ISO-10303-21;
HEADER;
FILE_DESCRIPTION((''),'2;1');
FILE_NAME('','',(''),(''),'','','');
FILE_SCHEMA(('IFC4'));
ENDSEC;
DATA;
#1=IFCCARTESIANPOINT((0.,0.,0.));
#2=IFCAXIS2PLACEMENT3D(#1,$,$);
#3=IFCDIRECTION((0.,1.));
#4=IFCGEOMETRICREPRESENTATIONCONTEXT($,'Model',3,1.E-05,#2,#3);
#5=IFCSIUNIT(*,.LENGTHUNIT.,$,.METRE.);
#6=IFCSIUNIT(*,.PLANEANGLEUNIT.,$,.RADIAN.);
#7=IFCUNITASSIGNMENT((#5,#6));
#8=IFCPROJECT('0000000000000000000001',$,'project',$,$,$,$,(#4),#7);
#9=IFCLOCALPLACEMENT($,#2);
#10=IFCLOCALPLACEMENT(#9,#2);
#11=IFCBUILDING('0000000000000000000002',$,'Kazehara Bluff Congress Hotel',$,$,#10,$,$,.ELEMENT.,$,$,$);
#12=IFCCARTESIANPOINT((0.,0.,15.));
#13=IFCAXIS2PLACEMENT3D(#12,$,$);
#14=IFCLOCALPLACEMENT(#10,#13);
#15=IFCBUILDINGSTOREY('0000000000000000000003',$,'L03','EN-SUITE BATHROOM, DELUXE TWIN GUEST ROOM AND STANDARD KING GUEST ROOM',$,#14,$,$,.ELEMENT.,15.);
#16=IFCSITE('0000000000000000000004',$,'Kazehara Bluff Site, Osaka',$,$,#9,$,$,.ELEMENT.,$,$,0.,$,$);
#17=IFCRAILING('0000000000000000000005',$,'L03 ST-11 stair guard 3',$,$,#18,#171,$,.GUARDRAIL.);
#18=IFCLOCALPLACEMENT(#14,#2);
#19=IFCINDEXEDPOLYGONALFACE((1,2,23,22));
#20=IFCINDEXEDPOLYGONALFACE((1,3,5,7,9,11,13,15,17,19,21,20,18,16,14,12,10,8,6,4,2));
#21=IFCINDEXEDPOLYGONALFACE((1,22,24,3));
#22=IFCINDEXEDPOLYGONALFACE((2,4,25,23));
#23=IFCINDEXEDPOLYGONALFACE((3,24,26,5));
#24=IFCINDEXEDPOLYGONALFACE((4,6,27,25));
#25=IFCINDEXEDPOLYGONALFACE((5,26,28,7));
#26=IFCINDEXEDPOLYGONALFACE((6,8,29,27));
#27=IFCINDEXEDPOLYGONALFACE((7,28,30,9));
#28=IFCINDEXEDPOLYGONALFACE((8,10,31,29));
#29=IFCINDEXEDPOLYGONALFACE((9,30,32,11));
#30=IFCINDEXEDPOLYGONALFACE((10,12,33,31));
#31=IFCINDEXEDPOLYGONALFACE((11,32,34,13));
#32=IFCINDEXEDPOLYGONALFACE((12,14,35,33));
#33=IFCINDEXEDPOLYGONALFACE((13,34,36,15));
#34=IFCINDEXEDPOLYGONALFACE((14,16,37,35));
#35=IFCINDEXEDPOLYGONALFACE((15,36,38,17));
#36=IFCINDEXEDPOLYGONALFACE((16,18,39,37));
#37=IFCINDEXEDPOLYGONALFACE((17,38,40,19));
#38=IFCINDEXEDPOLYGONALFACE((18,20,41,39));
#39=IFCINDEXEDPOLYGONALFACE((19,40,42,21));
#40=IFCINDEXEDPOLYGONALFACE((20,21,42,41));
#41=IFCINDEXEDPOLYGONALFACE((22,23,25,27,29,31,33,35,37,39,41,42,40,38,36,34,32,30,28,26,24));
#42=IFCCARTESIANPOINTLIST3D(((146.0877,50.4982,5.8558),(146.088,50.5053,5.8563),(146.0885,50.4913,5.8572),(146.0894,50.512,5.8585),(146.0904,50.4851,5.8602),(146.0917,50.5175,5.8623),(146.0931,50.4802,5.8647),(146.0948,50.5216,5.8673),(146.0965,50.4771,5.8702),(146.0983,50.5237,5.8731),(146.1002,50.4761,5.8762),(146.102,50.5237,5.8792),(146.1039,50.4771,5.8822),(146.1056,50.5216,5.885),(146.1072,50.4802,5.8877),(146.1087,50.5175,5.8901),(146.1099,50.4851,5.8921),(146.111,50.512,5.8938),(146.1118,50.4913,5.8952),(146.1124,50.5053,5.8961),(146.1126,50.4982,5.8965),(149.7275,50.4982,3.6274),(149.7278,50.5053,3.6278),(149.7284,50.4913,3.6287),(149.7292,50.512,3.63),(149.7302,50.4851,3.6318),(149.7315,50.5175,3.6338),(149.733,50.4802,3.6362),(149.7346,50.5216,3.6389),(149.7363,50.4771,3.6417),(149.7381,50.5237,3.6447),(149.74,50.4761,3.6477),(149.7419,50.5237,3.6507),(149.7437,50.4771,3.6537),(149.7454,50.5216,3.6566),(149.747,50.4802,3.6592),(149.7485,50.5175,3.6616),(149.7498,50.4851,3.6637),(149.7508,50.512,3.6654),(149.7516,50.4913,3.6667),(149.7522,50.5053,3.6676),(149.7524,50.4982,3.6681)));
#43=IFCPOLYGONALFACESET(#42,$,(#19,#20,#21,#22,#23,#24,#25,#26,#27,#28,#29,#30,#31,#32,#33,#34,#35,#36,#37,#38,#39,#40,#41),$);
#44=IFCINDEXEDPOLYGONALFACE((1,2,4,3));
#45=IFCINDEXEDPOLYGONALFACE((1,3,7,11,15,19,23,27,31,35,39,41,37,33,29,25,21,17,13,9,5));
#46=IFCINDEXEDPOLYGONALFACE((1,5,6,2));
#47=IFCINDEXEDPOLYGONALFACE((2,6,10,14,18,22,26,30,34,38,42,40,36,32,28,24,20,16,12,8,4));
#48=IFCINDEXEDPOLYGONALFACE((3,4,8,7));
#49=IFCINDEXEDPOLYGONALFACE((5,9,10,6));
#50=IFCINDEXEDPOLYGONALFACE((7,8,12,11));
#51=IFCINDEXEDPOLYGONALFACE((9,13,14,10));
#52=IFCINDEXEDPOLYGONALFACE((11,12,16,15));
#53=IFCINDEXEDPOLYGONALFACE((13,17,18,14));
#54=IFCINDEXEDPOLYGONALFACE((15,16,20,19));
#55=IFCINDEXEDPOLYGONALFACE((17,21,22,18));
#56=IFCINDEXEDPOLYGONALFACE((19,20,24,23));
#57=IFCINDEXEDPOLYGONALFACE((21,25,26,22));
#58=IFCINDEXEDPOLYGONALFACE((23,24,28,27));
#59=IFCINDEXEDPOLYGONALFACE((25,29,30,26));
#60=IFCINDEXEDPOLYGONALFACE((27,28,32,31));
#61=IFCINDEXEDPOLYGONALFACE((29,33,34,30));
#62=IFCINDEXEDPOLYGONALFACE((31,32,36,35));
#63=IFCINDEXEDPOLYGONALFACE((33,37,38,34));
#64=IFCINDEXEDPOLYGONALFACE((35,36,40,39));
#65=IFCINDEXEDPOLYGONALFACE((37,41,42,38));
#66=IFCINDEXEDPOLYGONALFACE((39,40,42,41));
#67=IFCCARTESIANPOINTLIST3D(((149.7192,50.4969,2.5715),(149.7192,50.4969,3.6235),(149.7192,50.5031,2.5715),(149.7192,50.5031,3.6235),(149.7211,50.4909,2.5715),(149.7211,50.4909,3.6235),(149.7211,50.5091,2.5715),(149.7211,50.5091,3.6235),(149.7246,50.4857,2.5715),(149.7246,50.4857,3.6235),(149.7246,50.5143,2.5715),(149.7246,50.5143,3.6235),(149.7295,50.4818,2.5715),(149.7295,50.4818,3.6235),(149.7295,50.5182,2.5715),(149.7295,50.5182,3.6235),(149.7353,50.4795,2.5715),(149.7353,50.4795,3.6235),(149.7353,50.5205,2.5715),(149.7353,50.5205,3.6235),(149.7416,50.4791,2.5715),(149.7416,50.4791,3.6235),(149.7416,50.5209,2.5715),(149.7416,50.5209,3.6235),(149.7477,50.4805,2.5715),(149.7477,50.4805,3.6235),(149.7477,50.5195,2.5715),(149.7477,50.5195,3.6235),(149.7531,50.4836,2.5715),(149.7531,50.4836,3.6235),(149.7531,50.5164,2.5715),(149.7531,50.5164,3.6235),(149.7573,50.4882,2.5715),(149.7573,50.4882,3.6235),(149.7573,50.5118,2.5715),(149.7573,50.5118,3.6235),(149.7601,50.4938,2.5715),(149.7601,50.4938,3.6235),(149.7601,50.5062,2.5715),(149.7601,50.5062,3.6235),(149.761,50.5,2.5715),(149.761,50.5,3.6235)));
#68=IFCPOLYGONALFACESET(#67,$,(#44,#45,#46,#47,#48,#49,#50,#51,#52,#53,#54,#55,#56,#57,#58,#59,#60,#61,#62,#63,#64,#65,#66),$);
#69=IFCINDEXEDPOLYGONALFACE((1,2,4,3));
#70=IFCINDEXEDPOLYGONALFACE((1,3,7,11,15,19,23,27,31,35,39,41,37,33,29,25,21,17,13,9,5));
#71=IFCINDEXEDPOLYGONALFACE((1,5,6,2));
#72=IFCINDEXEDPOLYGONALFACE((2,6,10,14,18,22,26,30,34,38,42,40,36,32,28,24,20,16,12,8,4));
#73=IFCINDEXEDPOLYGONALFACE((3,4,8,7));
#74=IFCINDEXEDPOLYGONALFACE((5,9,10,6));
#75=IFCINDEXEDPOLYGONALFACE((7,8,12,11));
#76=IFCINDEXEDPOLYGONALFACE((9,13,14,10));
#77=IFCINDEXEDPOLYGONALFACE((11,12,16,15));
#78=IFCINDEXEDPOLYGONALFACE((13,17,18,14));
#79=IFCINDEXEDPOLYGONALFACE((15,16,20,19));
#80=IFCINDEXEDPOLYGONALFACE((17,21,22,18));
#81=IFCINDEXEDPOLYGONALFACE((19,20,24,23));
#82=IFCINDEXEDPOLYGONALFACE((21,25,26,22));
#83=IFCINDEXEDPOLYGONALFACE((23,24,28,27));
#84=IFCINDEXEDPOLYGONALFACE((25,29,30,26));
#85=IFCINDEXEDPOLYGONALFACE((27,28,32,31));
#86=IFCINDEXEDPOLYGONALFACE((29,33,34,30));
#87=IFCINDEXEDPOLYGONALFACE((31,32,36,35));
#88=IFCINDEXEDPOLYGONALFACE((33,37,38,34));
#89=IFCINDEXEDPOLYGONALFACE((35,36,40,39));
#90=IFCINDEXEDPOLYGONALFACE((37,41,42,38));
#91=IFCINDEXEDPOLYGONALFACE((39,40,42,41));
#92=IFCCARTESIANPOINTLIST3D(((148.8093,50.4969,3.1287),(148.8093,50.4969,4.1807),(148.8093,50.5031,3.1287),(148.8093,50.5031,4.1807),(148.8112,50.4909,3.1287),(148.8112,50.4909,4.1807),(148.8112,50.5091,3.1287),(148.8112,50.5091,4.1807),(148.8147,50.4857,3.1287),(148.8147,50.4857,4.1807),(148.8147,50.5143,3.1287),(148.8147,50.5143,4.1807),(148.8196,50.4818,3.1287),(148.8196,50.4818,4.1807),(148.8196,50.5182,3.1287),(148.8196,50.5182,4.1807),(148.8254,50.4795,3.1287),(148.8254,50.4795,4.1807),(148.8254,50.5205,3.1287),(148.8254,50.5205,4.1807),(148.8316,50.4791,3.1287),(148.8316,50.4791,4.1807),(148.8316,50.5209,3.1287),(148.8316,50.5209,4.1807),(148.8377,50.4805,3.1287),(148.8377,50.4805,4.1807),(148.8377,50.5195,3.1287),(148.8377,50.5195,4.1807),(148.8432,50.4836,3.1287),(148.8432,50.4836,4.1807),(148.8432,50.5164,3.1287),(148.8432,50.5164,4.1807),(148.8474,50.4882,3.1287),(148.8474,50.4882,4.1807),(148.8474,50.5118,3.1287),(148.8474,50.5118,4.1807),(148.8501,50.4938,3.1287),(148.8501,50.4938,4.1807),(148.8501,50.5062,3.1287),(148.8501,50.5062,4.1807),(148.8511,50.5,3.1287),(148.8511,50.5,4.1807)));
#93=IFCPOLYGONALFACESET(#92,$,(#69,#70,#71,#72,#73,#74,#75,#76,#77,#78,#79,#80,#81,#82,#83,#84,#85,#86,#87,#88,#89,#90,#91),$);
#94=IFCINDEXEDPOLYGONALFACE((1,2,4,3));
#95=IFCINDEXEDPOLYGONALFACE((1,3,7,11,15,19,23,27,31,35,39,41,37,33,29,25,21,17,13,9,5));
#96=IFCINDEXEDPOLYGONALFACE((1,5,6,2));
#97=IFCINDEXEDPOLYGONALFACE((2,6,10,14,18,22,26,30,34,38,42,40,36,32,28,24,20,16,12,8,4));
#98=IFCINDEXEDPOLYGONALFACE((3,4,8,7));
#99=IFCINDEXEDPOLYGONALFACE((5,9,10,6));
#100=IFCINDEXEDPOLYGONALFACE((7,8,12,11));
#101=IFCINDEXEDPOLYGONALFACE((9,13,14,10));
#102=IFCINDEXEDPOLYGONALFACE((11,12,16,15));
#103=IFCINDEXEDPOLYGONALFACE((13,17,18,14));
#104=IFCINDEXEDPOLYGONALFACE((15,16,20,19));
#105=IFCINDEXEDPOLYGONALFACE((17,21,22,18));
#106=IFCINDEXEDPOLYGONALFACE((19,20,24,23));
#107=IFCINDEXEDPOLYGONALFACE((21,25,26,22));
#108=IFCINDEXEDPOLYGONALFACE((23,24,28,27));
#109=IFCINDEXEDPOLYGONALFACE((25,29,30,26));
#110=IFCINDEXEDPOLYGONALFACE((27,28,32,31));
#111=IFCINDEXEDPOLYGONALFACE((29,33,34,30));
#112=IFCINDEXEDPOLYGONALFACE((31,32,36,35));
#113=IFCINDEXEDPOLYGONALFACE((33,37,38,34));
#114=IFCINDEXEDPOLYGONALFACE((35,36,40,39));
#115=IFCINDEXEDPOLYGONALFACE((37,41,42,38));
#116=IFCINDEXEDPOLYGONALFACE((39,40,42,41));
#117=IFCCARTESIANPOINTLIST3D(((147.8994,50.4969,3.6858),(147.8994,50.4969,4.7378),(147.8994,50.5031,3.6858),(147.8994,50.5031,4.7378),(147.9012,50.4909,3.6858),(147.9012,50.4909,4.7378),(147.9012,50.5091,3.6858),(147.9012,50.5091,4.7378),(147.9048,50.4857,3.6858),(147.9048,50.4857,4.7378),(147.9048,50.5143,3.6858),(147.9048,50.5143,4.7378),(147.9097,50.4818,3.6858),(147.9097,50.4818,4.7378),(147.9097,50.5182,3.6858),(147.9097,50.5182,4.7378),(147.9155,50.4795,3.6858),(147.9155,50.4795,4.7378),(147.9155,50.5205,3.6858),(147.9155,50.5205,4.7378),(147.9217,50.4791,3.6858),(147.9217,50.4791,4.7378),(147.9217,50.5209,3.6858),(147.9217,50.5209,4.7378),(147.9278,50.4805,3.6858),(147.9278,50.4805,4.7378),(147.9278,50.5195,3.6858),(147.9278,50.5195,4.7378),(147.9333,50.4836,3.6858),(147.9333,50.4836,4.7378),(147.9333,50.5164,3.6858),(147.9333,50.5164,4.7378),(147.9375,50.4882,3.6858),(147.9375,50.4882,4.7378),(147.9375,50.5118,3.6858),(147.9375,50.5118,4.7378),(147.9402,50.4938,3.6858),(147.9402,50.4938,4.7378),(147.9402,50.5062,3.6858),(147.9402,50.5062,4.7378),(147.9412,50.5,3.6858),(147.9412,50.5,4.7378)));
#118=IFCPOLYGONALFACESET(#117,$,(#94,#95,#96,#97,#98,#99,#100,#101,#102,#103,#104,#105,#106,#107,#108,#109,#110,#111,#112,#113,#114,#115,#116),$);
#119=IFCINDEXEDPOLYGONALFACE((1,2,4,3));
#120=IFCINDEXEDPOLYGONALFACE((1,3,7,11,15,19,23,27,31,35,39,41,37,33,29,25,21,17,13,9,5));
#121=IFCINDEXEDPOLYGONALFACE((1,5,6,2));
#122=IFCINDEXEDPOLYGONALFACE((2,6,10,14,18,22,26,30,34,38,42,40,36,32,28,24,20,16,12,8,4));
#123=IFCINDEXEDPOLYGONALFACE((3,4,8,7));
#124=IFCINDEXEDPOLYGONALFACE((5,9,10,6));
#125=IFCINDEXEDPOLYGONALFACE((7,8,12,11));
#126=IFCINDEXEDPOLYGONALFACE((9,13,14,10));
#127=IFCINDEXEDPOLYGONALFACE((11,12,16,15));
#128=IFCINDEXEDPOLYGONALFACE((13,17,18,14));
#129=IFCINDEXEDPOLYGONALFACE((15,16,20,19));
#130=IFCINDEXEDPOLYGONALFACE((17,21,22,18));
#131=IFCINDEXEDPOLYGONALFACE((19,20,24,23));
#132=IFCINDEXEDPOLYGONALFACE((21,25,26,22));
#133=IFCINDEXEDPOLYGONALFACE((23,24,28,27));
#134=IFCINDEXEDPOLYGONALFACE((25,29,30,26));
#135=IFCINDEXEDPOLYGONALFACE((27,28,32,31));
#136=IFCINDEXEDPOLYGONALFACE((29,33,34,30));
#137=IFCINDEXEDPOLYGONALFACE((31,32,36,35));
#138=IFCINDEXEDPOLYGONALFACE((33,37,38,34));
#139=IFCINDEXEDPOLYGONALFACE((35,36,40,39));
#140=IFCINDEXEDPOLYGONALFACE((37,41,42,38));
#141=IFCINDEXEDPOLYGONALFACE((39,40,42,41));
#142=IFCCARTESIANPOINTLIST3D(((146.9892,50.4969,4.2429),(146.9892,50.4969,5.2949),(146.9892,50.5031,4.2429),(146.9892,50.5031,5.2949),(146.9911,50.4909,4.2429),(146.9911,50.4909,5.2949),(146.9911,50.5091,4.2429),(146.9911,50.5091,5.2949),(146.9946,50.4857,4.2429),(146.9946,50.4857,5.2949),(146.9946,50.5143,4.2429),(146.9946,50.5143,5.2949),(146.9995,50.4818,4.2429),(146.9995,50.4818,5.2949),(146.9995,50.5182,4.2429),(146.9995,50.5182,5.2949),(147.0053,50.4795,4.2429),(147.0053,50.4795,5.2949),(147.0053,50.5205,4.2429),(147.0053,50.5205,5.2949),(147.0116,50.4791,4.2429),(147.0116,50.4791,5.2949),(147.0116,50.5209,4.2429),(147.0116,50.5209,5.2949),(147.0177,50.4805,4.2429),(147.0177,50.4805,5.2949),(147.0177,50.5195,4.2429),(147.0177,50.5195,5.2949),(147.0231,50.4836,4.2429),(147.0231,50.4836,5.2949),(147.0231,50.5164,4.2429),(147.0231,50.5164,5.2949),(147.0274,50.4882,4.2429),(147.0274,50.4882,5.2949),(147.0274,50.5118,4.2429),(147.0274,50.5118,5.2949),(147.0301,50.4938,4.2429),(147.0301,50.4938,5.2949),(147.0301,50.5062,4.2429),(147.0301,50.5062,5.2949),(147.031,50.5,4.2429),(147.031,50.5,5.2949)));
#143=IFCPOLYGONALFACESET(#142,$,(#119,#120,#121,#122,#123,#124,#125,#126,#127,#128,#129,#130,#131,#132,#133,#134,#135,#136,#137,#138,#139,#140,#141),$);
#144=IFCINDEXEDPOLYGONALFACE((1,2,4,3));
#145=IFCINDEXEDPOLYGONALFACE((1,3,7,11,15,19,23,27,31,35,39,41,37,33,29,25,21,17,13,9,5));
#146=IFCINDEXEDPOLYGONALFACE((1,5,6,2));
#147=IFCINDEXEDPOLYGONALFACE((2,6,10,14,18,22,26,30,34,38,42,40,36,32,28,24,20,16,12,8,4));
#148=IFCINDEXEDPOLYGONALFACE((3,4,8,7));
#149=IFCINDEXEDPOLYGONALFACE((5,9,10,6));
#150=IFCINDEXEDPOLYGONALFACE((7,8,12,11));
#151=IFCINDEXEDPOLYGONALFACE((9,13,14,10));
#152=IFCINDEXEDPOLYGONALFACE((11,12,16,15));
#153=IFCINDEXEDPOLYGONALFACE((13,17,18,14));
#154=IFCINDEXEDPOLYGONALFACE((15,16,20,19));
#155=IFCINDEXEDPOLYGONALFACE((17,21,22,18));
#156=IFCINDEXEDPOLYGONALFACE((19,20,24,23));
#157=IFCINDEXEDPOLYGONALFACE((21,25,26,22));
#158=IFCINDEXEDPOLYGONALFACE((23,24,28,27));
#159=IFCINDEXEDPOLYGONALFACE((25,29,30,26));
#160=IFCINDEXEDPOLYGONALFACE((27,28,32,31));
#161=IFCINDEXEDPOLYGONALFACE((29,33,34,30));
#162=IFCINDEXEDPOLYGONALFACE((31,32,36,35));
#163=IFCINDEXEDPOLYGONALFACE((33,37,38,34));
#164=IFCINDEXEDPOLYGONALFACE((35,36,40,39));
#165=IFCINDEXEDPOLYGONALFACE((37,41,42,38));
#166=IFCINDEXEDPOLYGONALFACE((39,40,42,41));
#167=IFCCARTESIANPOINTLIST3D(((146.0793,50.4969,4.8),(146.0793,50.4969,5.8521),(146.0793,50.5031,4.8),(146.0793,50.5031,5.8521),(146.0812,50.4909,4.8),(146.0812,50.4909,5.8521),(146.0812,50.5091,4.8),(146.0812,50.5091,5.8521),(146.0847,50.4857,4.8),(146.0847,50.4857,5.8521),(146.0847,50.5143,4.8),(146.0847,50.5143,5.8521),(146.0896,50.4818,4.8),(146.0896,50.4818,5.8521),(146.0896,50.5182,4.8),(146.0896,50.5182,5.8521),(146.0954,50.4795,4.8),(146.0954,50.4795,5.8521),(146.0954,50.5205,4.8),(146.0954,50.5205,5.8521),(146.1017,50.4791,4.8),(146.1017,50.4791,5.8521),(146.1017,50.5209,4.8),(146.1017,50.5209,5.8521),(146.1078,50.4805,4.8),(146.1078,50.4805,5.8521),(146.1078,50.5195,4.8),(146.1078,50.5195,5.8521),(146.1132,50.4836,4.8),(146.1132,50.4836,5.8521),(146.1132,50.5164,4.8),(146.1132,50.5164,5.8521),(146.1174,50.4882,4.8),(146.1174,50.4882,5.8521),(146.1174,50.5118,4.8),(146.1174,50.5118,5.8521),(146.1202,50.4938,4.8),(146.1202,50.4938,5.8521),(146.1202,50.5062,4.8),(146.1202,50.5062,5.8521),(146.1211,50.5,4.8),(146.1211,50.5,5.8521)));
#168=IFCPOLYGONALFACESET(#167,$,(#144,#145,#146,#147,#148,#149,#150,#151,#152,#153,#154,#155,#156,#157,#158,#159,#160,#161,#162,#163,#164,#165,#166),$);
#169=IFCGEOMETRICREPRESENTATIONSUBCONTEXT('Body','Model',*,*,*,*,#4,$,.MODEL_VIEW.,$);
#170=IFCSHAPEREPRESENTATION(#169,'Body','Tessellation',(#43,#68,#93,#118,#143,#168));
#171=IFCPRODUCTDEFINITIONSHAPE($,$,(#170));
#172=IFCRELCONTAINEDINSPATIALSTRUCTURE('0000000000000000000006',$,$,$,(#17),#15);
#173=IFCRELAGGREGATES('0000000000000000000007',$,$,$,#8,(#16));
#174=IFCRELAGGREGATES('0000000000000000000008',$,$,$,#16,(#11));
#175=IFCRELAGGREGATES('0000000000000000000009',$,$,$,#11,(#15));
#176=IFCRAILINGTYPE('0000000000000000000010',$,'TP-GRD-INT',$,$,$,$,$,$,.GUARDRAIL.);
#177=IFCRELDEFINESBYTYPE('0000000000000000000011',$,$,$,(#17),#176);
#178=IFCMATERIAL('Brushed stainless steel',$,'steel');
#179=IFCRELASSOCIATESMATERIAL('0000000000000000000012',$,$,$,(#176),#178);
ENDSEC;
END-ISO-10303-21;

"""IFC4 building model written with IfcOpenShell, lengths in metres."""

from ifc_helpers import new_model, si_unit, direction, frame, origin, origin_2d, place, context, subcontext, project, spatial, circle, extrude, material, type_object, element, save


model = new_model("IFC4")

# Units and contexts
model_context = context("Model", 3, precision=1e-05, world=origin(), true_north=direction((0.0, 1.0)))
body_context = subcontext(model_context, "Body", "Model", "MODEL_VIEW")
ifc_project = project(units=[si_unit("LENGTHUNIT", "METRE"), si_unit("PLANEANGLEUNIT", "RADIAN")], contexts=[model_context])

# Site, building, storey
site_placement = place(None, origin())
site = spatial("IfcSite", under=ifc_project, at=site_placement, Name="Kazehara Bluff Site, Osaka", CompositionType="ELEMENT", RefElevation=0.0)
building_placement = place(site_placement, origin())
building = spatial("IfcBuilding", under=site, at=building_placement, Name="Kazehara Bluff Congress Hotel", CompositionType="ELEMENT")
storey_placement = place(building_placement, frame((0.0, 0.0, 15.0)))
storey = spatial("IfcBuildingStorey", under=building, at=storey_placement, Name="L03", Description="EN-SUITE BATHROOM, DELUXE TWIN GUEST ROOM AND STANDARD KING GUEST ROOM", CompositionType="ELEMENT", Elevation=15.0)

# Railing
ifc_material_1 = material(Name="Brushed stainless steel", Category="steel")
railing_type_1 = type_object("IfcRailingType", Name="TP-GRD-INT", PredefinedType="GUARDRAIL", material=ifc_material_1)
railing_1_placement = place(storey_placement, frame((149.74, 50.5, 2.5715)))
element("IfcRailing", 1, at=railing_1_placement, inside=storey, type_object=railing_type_1, Name="L03 ST-11 stair guard 3", PredefinedType="GUARDRAIL", context=body_context, shape_type="SweptSolid", body=[
    extrude(circle(Radius=0.0239, at=origin_2d()), frame((0.0, 0.0, 1.0762), z_axis=(-0.85285, 0.0, 0.522156), x_axis=(0.0, -1.0, 0.0)), (0.0, 0.0, 1.0), 4.2678),
    extrude(circle(Radius=0.021, at=origin_2d()), origin(), (0.0, 0.0, 1.0), 1.052),
    extrude(circle(Radius=0.021, at=origin_2d()), frame((-0.9099, 0.0, 0.5571)), (0.0, 0.0, 1.0), 1.052),
    extrude(circle(Radius=0.021, at=origin_2d()), frame((-1.8198, 0.0, 1.1143)), (0.0, 0.0, 1.0), 1.052),
    extrude(circle(Radius=0.021, at=origin_2d()), frame((-2.73, 0.0, 1.6714)), (0.0, 0.0, 1.0), 1.052),
    extrude(circle(Radius=0.021, at=origin_2d()), frame((-3.6399, 0.0, 2.2285)), (0.0, 0.0, 1.0), 1.052),
])

save(model, "model.ifc")
